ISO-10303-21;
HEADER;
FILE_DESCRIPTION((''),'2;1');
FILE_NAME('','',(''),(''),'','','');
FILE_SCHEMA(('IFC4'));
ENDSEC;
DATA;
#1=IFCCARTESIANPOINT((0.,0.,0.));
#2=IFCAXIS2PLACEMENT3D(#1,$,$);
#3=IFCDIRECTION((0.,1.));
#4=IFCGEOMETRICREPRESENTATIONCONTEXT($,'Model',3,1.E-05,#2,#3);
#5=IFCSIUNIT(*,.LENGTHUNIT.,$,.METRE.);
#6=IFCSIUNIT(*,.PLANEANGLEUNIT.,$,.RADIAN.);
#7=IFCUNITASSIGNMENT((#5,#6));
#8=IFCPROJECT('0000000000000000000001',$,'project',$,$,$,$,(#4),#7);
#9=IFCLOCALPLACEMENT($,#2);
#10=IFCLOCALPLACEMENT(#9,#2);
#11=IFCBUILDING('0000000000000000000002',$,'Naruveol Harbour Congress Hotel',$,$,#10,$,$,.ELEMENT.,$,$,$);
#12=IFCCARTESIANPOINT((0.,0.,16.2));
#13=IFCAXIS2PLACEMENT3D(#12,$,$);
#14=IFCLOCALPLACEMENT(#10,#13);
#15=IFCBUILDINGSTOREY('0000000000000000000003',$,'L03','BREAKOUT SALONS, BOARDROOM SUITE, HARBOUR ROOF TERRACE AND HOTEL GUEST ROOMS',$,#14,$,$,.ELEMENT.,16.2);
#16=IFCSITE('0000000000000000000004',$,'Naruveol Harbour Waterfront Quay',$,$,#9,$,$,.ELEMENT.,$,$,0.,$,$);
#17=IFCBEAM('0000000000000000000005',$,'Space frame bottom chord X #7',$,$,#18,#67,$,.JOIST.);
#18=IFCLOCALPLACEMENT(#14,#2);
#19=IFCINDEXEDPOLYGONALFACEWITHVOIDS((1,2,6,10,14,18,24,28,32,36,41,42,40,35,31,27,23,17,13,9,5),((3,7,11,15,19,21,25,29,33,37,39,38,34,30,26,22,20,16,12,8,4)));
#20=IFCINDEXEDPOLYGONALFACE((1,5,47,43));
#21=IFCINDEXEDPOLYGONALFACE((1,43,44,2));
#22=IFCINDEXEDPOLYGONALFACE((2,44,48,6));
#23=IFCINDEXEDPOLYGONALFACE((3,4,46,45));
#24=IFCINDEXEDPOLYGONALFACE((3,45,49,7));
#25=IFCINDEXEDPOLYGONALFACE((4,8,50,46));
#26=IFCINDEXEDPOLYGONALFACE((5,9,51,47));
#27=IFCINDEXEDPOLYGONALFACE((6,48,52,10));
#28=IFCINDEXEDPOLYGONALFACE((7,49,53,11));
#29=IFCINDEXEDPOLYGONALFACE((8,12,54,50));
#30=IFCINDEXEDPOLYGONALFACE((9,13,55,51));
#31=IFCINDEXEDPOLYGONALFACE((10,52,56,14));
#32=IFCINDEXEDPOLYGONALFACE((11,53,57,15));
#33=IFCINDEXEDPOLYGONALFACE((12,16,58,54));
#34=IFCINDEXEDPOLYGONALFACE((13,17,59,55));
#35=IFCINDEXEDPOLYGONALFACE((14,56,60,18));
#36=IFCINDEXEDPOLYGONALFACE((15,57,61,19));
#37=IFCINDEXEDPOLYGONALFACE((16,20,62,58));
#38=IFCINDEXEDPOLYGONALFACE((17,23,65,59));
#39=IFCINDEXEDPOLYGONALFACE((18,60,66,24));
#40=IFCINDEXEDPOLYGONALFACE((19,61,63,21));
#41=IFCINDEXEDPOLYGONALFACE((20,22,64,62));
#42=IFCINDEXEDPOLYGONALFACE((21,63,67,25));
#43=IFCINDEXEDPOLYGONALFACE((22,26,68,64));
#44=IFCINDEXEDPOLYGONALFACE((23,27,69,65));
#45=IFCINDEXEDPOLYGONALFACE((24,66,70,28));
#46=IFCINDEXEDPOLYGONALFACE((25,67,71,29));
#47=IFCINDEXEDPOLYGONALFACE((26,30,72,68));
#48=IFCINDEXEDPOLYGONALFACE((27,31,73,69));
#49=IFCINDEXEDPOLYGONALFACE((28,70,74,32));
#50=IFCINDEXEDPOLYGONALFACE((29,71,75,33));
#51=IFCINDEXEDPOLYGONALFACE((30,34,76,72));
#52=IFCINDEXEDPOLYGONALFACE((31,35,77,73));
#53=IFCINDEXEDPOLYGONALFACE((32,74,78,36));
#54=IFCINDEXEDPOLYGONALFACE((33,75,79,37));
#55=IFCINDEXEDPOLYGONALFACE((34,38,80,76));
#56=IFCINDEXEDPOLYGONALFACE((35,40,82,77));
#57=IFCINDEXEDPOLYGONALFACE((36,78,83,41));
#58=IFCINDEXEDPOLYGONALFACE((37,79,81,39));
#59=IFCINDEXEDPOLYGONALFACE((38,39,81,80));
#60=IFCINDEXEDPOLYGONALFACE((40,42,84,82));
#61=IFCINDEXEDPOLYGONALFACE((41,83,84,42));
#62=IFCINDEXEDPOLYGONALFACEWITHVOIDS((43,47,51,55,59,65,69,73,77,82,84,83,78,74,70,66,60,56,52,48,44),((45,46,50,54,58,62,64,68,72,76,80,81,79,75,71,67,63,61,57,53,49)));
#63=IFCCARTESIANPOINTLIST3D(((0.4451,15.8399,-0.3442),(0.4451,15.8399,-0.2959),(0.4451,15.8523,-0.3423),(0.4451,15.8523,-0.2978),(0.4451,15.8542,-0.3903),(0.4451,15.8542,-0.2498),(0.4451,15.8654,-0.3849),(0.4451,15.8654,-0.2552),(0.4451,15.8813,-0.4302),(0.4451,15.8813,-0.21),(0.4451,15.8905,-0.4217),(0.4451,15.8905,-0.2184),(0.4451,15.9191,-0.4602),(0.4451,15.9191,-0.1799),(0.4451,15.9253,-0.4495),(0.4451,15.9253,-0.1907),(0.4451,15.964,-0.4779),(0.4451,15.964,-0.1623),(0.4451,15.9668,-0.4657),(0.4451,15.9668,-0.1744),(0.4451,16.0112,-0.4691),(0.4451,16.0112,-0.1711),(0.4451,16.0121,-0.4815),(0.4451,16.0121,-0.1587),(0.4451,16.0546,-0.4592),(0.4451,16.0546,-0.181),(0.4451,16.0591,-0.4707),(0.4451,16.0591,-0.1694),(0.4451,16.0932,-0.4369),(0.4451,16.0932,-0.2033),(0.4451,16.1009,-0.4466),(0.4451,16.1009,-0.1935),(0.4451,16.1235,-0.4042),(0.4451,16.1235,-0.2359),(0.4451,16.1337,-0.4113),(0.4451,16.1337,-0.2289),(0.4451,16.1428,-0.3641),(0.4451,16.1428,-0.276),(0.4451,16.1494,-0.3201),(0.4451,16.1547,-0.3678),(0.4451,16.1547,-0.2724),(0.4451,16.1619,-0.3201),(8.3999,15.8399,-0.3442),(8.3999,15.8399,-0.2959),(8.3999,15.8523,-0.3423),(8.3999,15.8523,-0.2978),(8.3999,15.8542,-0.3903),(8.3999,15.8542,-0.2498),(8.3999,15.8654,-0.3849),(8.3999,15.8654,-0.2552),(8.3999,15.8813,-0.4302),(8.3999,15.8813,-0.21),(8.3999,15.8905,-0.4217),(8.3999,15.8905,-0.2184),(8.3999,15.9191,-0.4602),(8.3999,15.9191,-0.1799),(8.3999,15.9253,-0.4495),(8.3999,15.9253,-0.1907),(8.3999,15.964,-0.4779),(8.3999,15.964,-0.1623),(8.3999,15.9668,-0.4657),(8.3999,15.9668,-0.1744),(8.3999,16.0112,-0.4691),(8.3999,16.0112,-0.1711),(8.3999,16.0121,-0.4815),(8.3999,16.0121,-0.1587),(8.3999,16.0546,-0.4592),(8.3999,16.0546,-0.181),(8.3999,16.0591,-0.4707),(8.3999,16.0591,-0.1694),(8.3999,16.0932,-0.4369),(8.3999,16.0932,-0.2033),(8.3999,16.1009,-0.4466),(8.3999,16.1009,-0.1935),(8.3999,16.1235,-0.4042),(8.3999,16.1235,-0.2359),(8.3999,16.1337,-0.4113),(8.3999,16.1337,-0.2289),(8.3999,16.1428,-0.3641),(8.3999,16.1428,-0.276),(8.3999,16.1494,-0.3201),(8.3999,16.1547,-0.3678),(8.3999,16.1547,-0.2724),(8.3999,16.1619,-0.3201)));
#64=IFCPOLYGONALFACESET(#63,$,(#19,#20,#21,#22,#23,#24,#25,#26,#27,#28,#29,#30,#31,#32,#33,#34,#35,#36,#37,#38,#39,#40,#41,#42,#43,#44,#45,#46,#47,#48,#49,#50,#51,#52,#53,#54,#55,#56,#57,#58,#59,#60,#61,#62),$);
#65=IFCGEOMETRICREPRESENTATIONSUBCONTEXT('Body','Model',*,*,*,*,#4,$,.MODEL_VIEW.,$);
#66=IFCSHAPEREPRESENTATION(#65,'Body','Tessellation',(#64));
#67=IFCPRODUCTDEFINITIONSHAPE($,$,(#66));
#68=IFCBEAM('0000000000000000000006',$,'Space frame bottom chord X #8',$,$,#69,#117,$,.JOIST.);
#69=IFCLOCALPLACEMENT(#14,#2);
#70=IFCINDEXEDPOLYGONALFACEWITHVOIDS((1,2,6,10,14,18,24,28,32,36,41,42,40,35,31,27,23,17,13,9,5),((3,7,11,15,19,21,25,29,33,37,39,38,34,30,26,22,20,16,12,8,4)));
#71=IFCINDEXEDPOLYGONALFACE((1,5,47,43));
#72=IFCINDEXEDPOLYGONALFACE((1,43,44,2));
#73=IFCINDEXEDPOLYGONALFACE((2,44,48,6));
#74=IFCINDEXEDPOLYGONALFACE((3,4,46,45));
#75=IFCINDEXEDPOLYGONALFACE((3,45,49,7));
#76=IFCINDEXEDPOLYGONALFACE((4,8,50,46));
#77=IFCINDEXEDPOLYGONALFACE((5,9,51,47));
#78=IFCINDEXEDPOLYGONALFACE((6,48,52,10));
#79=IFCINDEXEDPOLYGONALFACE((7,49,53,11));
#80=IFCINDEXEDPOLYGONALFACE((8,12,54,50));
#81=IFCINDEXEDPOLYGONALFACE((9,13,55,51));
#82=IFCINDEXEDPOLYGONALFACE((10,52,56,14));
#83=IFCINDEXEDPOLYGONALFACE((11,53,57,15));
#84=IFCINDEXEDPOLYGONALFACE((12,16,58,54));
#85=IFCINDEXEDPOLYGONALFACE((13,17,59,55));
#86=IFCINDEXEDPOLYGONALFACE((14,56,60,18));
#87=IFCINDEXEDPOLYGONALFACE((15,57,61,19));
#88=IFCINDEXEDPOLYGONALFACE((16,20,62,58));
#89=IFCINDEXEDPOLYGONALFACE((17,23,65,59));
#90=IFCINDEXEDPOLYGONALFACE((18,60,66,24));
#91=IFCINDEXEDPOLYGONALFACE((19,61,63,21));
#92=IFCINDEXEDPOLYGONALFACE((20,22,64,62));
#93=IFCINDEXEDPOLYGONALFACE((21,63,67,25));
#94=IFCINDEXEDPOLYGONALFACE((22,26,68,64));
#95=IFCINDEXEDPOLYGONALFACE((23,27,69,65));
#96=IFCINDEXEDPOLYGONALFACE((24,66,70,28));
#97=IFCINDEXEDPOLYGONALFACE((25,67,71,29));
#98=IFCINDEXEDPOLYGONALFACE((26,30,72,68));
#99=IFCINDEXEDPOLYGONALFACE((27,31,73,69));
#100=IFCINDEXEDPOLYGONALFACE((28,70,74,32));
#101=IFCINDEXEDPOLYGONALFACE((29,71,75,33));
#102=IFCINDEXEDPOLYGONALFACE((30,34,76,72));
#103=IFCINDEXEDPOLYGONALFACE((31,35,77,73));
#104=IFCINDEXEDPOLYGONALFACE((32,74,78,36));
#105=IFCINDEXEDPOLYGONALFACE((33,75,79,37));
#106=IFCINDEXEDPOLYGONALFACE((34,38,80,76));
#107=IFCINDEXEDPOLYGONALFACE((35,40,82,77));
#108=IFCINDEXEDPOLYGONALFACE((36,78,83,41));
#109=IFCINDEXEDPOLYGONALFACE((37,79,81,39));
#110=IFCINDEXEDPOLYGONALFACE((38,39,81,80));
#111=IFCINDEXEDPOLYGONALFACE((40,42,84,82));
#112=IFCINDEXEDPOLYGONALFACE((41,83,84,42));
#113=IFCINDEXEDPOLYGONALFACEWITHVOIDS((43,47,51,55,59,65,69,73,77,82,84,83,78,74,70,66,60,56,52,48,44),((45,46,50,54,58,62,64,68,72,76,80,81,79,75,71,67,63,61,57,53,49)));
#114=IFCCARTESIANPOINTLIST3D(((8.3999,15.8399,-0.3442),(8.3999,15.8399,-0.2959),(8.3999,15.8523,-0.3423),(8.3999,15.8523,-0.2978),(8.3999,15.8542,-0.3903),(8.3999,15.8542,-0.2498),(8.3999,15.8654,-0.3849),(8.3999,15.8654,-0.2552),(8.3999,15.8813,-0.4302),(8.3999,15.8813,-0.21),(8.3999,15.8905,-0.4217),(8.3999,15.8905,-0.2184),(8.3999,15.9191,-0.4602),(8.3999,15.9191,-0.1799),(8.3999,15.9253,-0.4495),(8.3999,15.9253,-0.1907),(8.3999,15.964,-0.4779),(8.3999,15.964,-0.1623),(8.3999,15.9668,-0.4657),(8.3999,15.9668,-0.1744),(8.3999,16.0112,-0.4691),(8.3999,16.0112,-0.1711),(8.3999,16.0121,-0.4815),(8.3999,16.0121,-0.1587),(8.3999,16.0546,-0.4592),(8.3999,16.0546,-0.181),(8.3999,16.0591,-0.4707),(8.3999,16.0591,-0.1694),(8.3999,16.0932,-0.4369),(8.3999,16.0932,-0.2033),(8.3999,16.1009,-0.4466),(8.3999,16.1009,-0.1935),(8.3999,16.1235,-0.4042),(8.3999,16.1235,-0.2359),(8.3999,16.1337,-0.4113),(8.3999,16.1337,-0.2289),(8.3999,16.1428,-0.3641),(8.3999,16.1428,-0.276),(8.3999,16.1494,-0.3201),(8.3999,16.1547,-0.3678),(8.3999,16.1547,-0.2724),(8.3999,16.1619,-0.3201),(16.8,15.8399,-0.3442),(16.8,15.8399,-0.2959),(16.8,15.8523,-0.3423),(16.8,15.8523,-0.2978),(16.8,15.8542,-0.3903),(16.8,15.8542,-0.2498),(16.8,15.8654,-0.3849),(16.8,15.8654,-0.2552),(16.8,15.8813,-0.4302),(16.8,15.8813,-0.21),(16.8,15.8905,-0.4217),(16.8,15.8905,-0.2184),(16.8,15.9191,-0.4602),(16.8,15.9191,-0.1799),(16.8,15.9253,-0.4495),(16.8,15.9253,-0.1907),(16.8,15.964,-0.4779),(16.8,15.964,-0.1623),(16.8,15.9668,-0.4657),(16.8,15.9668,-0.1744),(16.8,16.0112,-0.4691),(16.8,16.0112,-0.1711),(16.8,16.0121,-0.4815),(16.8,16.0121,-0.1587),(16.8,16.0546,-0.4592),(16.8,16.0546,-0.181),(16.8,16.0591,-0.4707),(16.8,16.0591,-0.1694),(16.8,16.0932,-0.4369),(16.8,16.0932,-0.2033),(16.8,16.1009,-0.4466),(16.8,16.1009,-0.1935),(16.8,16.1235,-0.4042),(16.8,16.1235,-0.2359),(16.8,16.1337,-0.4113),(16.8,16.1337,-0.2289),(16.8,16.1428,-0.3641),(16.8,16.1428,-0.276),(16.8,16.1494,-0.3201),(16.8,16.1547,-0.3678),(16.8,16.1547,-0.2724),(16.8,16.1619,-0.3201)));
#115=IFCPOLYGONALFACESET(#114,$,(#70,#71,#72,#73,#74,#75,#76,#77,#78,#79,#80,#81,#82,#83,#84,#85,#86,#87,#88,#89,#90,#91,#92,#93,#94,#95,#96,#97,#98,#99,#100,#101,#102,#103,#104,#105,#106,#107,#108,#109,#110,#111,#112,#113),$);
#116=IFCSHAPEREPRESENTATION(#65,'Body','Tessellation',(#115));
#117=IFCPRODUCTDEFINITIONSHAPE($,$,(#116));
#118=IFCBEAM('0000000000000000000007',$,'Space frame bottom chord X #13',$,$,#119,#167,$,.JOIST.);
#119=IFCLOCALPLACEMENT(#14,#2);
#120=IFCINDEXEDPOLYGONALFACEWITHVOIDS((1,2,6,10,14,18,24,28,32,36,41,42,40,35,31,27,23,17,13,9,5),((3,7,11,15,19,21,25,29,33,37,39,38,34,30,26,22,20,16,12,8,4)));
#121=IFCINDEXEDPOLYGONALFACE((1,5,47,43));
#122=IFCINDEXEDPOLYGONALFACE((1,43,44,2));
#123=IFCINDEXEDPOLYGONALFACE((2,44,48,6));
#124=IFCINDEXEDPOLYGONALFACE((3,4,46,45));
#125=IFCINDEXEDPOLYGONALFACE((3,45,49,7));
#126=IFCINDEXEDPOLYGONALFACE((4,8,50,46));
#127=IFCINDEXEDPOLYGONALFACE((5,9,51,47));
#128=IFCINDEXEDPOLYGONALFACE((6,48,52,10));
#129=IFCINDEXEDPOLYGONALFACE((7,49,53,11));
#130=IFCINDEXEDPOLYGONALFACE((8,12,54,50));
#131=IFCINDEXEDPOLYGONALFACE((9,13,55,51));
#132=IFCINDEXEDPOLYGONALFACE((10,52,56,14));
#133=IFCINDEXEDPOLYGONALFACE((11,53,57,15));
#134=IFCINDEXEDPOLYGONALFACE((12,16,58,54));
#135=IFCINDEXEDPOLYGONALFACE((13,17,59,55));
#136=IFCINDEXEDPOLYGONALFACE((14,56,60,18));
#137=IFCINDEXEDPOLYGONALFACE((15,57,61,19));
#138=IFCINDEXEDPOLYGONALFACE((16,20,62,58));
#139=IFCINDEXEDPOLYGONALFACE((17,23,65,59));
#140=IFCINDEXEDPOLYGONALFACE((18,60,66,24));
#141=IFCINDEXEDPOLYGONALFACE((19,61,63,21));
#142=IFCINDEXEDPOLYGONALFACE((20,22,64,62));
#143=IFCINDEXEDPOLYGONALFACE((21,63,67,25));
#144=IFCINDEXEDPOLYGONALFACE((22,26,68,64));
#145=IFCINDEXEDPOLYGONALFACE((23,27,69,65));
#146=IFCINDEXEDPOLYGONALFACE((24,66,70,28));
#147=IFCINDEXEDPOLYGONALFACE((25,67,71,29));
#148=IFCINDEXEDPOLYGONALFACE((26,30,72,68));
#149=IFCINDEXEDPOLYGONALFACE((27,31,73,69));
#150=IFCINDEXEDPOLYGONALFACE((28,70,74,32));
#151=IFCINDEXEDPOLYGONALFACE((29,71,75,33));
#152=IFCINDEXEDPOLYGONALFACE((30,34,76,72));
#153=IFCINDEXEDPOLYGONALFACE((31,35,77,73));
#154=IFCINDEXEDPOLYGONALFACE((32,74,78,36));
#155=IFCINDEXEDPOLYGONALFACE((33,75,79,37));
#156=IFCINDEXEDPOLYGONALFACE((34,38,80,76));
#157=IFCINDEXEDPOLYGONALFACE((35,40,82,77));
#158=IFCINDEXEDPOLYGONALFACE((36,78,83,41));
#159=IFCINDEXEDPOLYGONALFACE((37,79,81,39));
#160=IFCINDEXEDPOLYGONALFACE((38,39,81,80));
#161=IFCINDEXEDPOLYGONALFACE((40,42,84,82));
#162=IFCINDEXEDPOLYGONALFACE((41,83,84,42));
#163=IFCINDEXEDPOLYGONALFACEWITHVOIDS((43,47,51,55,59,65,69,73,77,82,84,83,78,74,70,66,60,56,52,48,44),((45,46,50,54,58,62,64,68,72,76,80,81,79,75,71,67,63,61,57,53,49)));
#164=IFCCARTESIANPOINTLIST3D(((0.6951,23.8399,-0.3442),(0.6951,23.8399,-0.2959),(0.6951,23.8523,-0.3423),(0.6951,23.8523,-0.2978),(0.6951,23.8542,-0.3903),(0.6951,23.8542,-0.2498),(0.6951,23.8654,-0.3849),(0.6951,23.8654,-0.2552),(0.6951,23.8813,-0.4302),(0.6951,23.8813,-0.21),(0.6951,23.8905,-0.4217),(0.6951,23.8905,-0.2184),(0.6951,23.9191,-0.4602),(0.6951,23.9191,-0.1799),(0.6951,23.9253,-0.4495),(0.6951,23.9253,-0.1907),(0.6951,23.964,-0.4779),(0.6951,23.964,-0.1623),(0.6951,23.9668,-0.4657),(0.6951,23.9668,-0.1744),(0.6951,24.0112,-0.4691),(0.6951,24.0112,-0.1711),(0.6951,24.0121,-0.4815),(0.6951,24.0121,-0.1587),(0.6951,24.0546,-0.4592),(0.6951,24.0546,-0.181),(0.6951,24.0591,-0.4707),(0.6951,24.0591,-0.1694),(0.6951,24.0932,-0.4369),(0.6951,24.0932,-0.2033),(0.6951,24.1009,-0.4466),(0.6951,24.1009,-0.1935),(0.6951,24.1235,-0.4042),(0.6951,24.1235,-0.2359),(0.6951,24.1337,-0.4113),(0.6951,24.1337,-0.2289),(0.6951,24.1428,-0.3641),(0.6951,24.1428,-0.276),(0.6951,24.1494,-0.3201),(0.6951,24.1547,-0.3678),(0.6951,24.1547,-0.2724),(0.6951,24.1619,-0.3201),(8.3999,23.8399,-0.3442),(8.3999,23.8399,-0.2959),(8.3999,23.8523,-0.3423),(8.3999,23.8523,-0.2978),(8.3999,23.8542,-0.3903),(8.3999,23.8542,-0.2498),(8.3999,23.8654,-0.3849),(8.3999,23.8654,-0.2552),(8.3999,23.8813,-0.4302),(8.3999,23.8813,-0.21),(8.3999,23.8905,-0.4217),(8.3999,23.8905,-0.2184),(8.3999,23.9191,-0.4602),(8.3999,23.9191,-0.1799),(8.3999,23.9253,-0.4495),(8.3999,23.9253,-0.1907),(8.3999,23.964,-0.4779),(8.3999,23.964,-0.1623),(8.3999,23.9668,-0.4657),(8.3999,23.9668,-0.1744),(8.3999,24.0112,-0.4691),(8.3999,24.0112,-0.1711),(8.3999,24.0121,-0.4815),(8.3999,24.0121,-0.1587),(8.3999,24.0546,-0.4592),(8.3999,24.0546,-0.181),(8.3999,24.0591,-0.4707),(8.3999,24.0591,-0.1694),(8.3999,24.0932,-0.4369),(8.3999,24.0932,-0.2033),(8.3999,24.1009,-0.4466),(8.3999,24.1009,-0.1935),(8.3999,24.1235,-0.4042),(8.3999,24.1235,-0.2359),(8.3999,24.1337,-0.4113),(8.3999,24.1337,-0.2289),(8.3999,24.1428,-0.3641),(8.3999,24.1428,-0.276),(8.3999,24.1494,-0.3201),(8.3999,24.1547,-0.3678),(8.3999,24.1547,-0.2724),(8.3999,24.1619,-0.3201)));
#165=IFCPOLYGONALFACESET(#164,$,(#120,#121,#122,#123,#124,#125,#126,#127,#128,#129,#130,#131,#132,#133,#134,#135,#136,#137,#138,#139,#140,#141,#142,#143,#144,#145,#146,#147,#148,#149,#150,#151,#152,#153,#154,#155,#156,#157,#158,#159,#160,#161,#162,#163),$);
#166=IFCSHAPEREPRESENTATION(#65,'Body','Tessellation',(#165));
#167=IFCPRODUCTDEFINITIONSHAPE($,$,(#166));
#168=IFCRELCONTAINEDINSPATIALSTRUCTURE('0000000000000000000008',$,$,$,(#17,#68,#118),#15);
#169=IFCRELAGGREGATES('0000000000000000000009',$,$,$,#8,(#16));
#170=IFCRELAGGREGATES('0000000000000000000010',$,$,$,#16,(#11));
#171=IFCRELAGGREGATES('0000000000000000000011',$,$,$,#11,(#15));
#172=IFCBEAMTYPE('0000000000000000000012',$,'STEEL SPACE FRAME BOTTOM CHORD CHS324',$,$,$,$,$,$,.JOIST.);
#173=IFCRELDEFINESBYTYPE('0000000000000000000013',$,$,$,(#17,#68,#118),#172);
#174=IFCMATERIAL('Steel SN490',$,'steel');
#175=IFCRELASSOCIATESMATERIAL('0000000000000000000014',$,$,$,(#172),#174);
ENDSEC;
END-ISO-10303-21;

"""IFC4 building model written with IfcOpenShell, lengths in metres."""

from ifc_helpers import new_model, si_unit, direction, frame, origin, origin_2d, place, context, subcontext, project, spatial, hollow_circle, extrude, material, material_profile, profile_set, type_object, element, save


model = new_model("IFC4")

# Units and contexts
model_context = context("Model", 3, precision=1e-05, world=origin(), true_north=direction((0.0, 1.0)))
body_context = subcontext(model_context, "Body", "Model", "MODEL_VIEW")
ifc_project = project(units=[si_unit("LENGTHUNIT", "METRE"), si_unit("PLANEANGLEUNIT", "RADIAN")], contexts=[model_context])

# Site, building, storey
site_placement = place(None, origin())
site = spatial("IfcSite", under=ifc_project, at=site_placement, Name="Naruveol Harbour Waterfront Quay", CompositionType="ELEMENT", RefElevation=0.0)
building_placement = place(site_placement, origin())
building = spatial("IfcBuilding", under=site, at=building_placement, Name="Naruveol Harbour Congress Hotel", CompositionType="ELEMENT")
storey_placement = place(building_placement, frame((0.0, 0.0, 16.2)))
storey = spatial("IfcBuildingStorey", under=building, at=storey_placement, Name="L03", Description="BREAKOUT SALONS, BOARDROOM SUITE, HARBOUR ROOF TERRACE AND HOTEL GUEST ROOMS", CompositionType="ELEMENT", Elevation=16.2)

# Beams
ifc_material_1 = material(Name="Steel SN490", Category="steel")
ifc_material_profile_1 = material_profile(ifc_material_1, hollow_circle(Radius=0.1619, WallThickness=0.0125, at=origin_2d()), Name="CHS-323.9x12.5")
ifc_profile_set_1 = profile_set([ifc_material_profile_1], Name="Steel SN490")
beam_type_1 = type_object("IfcBeamType", Name="STEEL SPACE FRAME BOTTOM CHORD CHS324", PredefinedType="JOIST", material=ifc_profile_set_1)
beam_1_placement = place(storey_placement, frame((0.4451, 16.0, -0.3201), z_axis=(1.0, 0.0, 0.0), x_axis=(0.0, 1.0, 0.0)))
element("IfcBeam", 1, at=beam_1_placement, inside=storey, type_object=beam_type_1, Name="Space frame bottom chord X #7", PredefinedType="JOIST", context=body_context, shape_type="SweptSolid", body=[
    extrude(hollow_circle(Radius=0.1619, WallThickness=0.0125, at=origin_2d()), origin(), (0.0, 0.0, 1.0), 7.9548),
])
beam_2_placement = place(storey_placement, frame((8.3999, 16.0, -0.3201), z_axis=(1.0, 0.0, 0.0), x_axis=(0.0, 1.0, 0.0)))
element("IfcBeam", 2, at=beam_2_placement, inside=storey, type_object=beam_type_1, Name="Space frame bottom chord X #8", PredefinedType="JOIST", context=body_context, shape_type="SweptSolid", body=[
    extrude(hollow_circle(Radius=0.1619, WallThickness=0.0125, at=origin_2d()), origin(), (0.0, 0.0, 1.0), 8.4001),
])
beam_3_placement = place(storey_placement, frame((0.6951, 24.0, -0.3201), z_axis=(1.0, 0.0, 0.0), x_axis=(0.0, 1.0, 0.0)))
element("IfcBeam", 3, at=beam_3_placement, inside=storey, type_object=beam_type_1, Name="Space frame bottom chord X #13", PredefinedType="JOIST", context=body_context, shape_type="SweptSolid", body=[
    extrude(hollow_circle(Radius=0.1619, WallThickness=0.0125, at=origin_2d()), origin(), (0.0, 0.0, 1.0), 7.7048),
])

save(model, "model.ifc")
